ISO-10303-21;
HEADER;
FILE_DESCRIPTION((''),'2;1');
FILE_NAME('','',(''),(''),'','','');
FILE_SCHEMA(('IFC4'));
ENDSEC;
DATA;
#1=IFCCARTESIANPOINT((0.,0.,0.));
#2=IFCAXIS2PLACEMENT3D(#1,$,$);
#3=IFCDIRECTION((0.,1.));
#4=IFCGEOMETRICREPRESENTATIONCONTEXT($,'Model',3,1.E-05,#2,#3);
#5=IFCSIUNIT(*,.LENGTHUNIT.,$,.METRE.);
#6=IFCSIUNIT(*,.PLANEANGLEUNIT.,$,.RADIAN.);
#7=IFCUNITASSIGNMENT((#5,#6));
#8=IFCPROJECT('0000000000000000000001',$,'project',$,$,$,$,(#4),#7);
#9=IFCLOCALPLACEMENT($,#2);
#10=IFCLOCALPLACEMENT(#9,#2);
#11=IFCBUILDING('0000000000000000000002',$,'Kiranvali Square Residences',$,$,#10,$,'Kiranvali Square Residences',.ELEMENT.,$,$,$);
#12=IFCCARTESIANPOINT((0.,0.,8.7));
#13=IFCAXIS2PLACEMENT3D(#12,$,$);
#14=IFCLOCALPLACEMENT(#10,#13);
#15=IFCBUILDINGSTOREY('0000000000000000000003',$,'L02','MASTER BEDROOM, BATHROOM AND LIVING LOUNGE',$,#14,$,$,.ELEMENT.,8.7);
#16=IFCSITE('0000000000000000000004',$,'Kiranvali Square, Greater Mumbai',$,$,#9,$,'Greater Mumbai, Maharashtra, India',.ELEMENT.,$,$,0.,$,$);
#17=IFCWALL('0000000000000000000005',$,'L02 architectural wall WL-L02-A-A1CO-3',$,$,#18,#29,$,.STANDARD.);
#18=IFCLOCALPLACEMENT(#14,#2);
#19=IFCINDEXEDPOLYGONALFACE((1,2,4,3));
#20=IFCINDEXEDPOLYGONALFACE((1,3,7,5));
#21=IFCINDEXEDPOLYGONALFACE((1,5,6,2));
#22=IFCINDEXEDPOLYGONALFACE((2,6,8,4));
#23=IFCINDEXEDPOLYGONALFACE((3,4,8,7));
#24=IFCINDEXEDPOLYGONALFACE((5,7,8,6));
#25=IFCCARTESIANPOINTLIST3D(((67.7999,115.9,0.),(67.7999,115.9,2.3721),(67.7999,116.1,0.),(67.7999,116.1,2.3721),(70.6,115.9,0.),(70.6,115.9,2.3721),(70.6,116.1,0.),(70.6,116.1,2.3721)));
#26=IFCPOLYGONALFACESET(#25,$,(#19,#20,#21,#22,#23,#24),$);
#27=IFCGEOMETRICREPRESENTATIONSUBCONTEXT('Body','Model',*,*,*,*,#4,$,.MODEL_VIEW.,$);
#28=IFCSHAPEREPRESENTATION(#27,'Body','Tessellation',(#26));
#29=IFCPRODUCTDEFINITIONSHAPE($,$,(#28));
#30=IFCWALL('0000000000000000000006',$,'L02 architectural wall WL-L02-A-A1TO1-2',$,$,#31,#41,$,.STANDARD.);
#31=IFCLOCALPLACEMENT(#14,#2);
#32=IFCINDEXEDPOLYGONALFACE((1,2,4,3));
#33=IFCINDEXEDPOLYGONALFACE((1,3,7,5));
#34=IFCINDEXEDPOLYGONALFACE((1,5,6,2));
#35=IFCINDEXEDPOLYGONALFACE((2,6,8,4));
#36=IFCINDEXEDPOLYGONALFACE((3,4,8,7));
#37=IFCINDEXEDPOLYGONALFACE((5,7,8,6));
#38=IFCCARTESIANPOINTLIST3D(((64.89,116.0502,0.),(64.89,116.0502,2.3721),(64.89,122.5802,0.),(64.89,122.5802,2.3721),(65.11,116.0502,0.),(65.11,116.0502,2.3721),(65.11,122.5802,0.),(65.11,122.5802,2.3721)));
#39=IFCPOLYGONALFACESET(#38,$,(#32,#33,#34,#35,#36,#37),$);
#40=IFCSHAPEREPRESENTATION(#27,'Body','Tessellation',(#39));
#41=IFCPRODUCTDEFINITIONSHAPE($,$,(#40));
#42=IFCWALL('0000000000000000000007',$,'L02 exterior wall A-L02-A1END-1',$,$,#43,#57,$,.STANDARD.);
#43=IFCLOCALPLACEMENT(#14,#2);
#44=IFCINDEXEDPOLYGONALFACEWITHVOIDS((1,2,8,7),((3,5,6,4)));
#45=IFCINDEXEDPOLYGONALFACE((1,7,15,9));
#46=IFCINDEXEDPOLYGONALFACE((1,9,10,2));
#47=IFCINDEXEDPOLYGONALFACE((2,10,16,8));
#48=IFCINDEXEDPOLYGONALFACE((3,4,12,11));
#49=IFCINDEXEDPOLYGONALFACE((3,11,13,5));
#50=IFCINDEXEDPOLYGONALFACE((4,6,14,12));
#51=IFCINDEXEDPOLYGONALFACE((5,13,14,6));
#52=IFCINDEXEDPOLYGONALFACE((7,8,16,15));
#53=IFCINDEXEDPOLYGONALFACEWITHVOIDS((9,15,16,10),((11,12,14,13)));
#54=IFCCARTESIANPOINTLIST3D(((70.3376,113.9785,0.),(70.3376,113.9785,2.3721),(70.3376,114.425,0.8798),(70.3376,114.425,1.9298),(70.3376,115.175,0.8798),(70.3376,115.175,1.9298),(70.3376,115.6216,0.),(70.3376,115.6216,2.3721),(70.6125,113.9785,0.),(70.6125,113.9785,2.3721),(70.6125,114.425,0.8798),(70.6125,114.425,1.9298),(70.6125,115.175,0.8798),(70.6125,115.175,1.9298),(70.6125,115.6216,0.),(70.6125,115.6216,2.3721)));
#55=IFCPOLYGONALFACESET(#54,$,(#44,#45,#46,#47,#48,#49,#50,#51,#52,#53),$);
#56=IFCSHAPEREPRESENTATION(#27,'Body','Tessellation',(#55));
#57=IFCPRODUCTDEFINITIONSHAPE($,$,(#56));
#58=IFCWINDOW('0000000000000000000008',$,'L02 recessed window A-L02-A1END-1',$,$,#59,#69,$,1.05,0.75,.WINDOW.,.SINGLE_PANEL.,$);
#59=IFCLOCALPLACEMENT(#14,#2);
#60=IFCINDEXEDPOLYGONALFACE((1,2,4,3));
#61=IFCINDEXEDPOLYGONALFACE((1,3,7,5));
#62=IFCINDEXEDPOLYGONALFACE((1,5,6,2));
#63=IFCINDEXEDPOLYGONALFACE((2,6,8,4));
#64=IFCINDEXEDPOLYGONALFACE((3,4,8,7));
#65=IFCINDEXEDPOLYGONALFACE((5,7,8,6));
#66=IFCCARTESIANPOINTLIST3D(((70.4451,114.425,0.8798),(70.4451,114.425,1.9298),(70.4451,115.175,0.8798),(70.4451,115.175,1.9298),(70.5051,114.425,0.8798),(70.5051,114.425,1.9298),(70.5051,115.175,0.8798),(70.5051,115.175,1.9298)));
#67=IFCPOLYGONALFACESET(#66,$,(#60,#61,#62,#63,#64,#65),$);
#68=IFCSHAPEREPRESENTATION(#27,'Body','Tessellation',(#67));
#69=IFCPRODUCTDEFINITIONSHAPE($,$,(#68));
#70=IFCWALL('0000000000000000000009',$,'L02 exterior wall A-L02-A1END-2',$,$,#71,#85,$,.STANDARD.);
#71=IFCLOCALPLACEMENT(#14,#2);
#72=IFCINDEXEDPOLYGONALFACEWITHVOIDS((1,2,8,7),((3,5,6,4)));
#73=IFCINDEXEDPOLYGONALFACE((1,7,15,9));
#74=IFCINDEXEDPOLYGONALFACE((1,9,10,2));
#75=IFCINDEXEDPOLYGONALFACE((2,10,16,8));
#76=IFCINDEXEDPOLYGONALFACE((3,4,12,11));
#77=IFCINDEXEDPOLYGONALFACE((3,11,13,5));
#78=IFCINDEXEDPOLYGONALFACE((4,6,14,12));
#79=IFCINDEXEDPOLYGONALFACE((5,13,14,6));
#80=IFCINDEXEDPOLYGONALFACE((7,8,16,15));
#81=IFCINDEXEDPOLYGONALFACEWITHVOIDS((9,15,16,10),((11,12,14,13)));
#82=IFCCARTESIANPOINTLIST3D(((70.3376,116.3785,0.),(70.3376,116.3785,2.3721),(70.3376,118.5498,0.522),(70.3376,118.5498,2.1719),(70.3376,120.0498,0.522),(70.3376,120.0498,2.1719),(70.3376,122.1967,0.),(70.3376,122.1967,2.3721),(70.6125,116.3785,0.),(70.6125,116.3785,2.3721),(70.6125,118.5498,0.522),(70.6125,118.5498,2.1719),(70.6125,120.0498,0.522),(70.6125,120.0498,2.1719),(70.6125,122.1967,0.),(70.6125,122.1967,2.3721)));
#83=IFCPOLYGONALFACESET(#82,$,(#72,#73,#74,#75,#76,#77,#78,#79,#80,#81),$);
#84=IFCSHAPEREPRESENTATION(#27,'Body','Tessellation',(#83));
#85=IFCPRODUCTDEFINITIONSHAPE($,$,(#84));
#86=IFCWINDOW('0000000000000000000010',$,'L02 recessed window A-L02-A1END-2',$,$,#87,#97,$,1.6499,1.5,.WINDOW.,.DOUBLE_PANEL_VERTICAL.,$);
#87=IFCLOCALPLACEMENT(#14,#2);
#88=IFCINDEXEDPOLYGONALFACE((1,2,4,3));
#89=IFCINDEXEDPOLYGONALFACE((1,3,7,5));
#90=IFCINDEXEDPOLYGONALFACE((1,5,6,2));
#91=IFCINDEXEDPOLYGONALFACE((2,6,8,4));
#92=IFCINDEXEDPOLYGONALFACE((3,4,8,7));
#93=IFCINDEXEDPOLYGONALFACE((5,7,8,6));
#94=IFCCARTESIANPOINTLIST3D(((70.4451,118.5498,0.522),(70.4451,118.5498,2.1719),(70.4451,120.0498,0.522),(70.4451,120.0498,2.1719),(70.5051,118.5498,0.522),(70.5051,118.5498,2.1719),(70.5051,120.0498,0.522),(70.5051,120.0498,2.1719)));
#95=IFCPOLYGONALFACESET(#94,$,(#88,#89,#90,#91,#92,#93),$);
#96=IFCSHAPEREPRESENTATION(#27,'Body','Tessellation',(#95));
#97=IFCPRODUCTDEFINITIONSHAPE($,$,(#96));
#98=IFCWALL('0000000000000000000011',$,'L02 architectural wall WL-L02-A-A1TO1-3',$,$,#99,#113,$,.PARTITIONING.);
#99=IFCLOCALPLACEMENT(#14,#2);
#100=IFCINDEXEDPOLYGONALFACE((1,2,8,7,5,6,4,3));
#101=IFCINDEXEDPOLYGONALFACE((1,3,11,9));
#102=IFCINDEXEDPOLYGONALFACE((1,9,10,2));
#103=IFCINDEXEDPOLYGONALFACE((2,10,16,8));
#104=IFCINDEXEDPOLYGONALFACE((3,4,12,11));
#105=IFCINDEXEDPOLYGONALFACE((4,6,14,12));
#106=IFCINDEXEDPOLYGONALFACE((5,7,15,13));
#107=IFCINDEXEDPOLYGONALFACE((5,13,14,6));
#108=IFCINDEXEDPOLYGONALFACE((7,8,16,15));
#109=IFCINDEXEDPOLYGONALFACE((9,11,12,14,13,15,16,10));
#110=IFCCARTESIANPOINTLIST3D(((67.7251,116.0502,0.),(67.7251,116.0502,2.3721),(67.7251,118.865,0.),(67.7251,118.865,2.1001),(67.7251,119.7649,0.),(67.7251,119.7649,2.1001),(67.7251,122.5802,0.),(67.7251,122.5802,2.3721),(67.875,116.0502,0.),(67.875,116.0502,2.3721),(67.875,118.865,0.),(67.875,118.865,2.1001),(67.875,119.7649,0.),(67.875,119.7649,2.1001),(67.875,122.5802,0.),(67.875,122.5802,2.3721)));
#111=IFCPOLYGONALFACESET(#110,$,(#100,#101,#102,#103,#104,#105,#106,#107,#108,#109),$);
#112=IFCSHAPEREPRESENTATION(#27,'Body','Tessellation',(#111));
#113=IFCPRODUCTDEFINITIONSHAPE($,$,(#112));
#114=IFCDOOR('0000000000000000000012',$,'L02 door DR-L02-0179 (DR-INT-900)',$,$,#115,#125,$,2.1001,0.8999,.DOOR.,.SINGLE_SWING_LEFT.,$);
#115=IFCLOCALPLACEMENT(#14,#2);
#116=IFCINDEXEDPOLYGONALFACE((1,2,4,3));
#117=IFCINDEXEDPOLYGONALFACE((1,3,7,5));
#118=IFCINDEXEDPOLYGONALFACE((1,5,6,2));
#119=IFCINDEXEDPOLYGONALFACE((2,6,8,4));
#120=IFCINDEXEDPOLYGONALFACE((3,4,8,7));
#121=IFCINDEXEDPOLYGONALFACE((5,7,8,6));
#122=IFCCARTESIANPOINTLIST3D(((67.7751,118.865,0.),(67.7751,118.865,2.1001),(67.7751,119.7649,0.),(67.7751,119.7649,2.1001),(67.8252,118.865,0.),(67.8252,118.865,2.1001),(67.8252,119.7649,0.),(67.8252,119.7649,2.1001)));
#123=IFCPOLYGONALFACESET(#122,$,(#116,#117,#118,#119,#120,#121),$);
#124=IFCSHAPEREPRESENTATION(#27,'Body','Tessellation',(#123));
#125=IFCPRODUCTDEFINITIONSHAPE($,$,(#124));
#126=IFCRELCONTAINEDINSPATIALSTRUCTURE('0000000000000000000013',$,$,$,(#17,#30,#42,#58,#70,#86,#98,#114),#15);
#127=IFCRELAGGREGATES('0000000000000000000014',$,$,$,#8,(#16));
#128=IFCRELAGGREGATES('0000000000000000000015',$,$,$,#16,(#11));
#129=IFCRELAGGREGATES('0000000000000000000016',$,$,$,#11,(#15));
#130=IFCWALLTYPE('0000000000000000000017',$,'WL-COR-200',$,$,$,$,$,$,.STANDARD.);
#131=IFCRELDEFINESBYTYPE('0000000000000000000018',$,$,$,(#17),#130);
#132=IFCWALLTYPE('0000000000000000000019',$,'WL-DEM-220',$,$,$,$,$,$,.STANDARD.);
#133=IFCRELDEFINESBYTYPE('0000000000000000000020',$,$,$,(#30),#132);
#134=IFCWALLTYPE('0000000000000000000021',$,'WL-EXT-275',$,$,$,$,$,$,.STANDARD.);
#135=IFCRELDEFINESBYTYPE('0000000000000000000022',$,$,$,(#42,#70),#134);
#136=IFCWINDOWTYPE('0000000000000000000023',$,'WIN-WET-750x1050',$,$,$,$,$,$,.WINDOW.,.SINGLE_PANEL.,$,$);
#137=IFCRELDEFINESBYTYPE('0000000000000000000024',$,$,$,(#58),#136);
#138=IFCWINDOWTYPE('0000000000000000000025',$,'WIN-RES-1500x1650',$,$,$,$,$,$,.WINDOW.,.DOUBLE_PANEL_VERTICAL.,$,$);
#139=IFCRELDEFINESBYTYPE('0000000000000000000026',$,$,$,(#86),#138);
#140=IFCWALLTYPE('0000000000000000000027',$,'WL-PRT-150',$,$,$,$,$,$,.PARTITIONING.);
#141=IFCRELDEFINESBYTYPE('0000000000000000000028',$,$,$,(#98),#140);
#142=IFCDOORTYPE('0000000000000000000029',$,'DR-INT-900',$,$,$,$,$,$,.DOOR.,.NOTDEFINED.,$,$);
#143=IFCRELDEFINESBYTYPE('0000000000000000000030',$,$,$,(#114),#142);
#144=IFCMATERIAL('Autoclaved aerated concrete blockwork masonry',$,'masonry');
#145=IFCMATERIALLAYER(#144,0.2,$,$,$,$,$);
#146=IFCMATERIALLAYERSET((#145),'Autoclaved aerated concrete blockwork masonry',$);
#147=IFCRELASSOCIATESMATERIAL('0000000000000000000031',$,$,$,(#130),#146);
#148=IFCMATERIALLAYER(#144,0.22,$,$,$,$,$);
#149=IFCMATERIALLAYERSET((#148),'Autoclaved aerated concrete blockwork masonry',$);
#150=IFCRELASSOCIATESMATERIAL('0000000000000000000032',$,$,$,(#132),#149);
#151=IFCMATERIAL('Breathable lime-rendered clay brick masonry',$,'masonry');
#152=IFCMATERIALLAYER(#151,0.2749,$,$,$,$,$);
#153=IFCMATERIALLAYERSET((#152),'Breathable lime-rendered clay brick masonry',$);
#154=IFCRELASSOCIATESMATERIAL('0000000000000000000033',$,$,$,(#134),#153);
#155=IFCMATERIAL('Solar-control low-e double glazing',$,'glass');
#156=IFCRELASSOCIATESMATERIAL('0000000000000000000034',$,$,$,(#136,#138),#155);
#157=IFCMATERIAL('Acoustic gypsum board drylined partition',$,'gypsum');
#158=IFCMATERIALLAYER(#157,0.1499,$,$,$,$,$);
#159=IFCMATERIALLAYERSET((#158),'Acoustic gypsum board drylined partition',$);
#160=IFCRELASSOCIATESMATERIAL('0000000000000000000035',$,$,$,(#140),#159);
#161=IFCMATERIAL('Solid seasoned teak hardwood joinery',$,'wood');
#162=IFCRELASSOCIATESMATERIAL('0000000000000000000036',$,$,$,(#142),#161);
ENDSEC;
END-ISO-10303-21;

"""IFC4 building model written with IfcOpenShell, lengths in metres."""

from ifc_helpers import new_model, si_unit, direction, frame, frame_2d, origin, place, context, subcontext, project, spatial, rectangle, extrude, material, layer, layer_set, type_object, element, fill, save


model = new_model("IFC4")

# Units and contexts
model_context = context("Model", 3, precision=1e-05, world=origin(), true_north=direction((0.0, 1.0)))
body_context = subcontext(model_context, "Body", "Model", "MODEL_VIEW")
ifc_project = project(units=[si_unit("LENGTHUNIT", "METRE"), si_unit("PLANEANGLEUNIT", "RADIAN")], contexts=[model_context])

# Site, building, storey
site_placement = place(None, origin())
site = spatial("IfcSite", under=ifc_project, at=site_placement, Name="Kiranvali Square, Greater Mumbai", LongName="Greater Mumbai, Maharashtra, India", CompositionType="ELEMENT", RefElevation=0.0)
building_placement = place(site_placement, origin())
building = spatial("IfcBuilding", under=site, at=building_placement, Name="Kiranvali Square Residences", LongName="Kiranvali Square Residences", CompositionType="ELEMENT")
storey_placement = place(building_placement, frame((0.0, 0.0, 8.7)))
storey = spatial("IfcBuildingStorey", under=building, at=storey_placement, Name="L02", Description="MASTER BEDROOM, BATHROOM AND LIVING LOUNGE", CompositionType="ELEMENT", Elevation=8.7)

# Shared definitions
ifc_material_1 = material(Name="Autoclaved aerated concrete blockwork masonry", Category="masonry")
ifc_layer_1 = layer(ifc_material_1, 0.2)
ifc_layer_set_1 = layer_set([ifc_layer_1], Name="Autoclaved aerated concrete blockwork masonry")
wall_type_1 = type_object("IfcWallType", Name="WL-COR-200", PredefinedType="STANDARD", material=ifc_layer_set_1)

# Walls
for number, where, z_axis, x_axis, name in (
    (1, (67.8, 116.0, 0.0), (0.0, 0.0, 1.0), (1.0, 0.0, 0.0), "L02 architectural wall WL-L02-A-A1CO-3"),
):
    element("IfcWall", number, at=place(storey_placement, frame(where, z_axis=z_axis, x_axis=x_axis)), inside=storey, type_object=wall_type_1, Name=name, PredefinedType="STANDARD", context=body_context, shape_type="SweptSolid", body=[
        extrude(rectangle(XDim=2.8, YDim=0.2, at=frame_2d((1.3999, 0.0))), origin(), (0.0, 0.0, 1.0), 2.3721),
    ])
ifc_layer_2 = layer(ifc_material_1, 0.22)
ifc_layer_set_2 = layer_set([ifc_layer_2], Name="Autoclaved aerated concrete blockwork masonry")
wall_type_2 = type_object("IfcWallType", Name="WL-DEM-220", PredefinedType="STANDARD", material=ifc_layer_set_2)
wall_1_placement = place(storey_placement, frame((65.0, 116.05, 0.0), z_axis=(0.0, 0.0, 1.0), x_axis=(0.0, 1.0, 0.0)))
element("IfcWall", 2, at=wall_1_placement, inside=storey, type_object=wall_type_2, Name="L02 architectural wall WL-L02-A-A1TO1-2", PredefinedType="STANDARD", context=body_context, shape_type="SweptSolid", body=[
    extrude(rectangle(XDim=6.53, YDim=0.22, at=frame_2d((3.2651, 0.0))), origin(), (0.0, 0.0, 1.0), 2.3721),
])

# Walls, openings, windows
ifc_material_2 = material(Name="Breathable lime-rendered clay brick masonry", Category="masonry")
ifc_layer_3 = layer(ifc_material_2, 0.2749)
ifc_layer_set_3 = layer_set([ifc_layer_3], Name="Breathable lime-rendered clay brick masonry")
wall_type_3 = type_object("IfcWallType", Name="WL-EXT-275", PredefinedType="STANDARD", material=ifc_layer_set_3)
wall_2_placement = place(storey_placement, frame((70.4751, 113.9785, 0.0), z_axis=(0.0, 0.0, 1.0), x_axis=(0.0, 1.0, 0.0)))
wall_2 = element("IfcWall", 3, at=wall_2_placement, inside=storey, type_object=wall_type_3, Name="L02 exterior wall A-L02-A1END-1", PredefinedType="STANDARD", context=body_context, shape_type="SweptSolid", body=[
    extrude(rectangle(XDim=1.6431, YDim=0.2749, at=frame_2d((0.8215, 0.0))), origin(), (0.0, 0.0, 1.0), 2.3721),
])
opening_1_placement = place(wall_2_placement, frame((0.4465, 0.0, 0.8799)))
opening_1 = element("IfcOpeningElement", 4, at=opening_1_placement, cuts=wall_2, PredefinedType="OPENING", context=body_context, shape_type="SweptSolid", body=[
    extrude(rectangle(XDim=0.75, YDim=1.05, at=frame_2d((0.375, 0.5249))), frame((0.0, 0.1475, 0.0), z_axis=(0.0, -1.0, 0.0), x_axis=(1.0, 0.0, 0.0)), (0.0, 0.0, 1.0), 0.2949),
])
ifc_material_3 = material(Name="Solar-control low-e double glazing", Category="glass")
window_type_1 = type_object("IfcWindowType", Name="WIN-WET-750x1050", PartitioningType="SINGLE_PANEL", PredefinedType="WINDOW", material=ifc_material_3)
window_1_placement = place(opening_1_placement, origin())
window_1 = element("IfcWindow", 5, at=window_1_placement, inside=storey, type_object=window_type_1, Name="L02 recessed window A-L02-A1END-1", OverallHeight=1.05, OverallWidth=0.75, PartitioningType="SINGLE_PANEL", PredefinedType="WINDOW", context=body_context, shape_type="SweptSolid", body=[
    extrude(rectangle(XDim=0.75, YDim=1.05, at=frame_2d((0.375, 0.5249))), frame((0.0, 0.03, 0.0), z_axis=(0.0, -1.0, 0.0), x_axis=(1.0, 0.0, 0.0)), (0.0, 0.0, 1.0), 0.0601),
])
fill(opening_1, window_1)
wall_3_placement = place(storey_placement, frame((70.4751, 116.3784, 0.0), z_axis=(0.0, 0.0, 1.0), x_axis=(0.0, 1.0, 0.0)))
wall_3 = element("IfcWall", 6, at=wall_3_placement, inside=storey, type_object=wall_type_3, Name="L02 exterior wall A-L02-A1END-2", PredefinedType="STANDARD", context=body_context, shape_type="SweptSolid", body=[
    extrude(rectangle(XDim=5.8181, YDim=0.2749, at=frame_2d((2.9092, 0.0))), origin(), (0.0, 0.0, 1.0), 2.3721),
])
opening_2_placement = place(wall_3_placement, frame((2.1714, 0.0, 0.522)))
opening_2 = element("IfcOpeningElement", 7, at=opening_2_placement, cuts=wall_3, PredefinedType="OPENING", context=body_context, shape_type="SweptSolid", body=[
    extrude(rectangle(XDim=1.5, YDim=1.6499, at=frame_2d((0.75, 0.825))), frame((0.0, 0.1475, 0.0), z_axis=(0.0, -1.0, 0.0), x_axis=(1.0, 0.0, 0.0)), (0.0, 0.0, 1.0), 0.2949),
])
window_type_2 = type_object("IfcWindowType", Name="WIN-RES-1500x1650", PartitioningType="DOUBLE_PANEL_VERTICAL", PredefinedType="WINDOW", material=ifc_material_3)
window_2_placement = place(opening_2_placement, origin())
window_2 = element("IfcWindow", 8, at=window_2_placement, inside=storey, type_object=window_type_2, Name="L02 recessed window A-L02-A1END-2", OverallHeight=1.6499, OverallWidth=1.5, PartitioningType="DOUBLE_PANEL_VERTICAL", PredefinedType="WINDOW", context=body_context, shape_type="SweptSolid", body=[
    extrude(rectangle(XDim=1.5, YDim=1.6499, at=frame_2d((0.75, 0.825))), frame((0.0, 0.03, 0.0), z_axis=(0.0, -1.0, 0.0), x_axis=(1.0, 0.0, 0.0)), (0.0, 0.0, 1.0), 0.0601),
])
fill(opening_2, window_2)

# Wall, opening, door
ifc_material_4 = material(Name="Acoustic gypsum board drylined partition", Category="gypsum")
ifc_layer_4 = layer(ifc_material_4, 0.1499)
ifc_layer_set_4 = layer_set([ifc_layer_4], Name="Acoustic gypsum board drylined partition")
wall_type_4 = type_object("IfcWallType", Name="WL-PRT-150", PredefinedType="PARTITIONING", material=ifc_layer_set_4)
wall_4_placement = place(storey_placement, frame((67.8, 116.05, 0.0), z_axis=(0.0, 0.0, 1.0), x_axis=(0.0, 1.0, 0.0)))
wall_4 = element("IfcWall", 9, at=wall_4_placement, inside=storey, type_object=wall_type_4, Name="L02 architectural wall WL-L02-A-A1TO1-3", PredefinedType="PARTITIONING", context=body_context, shape_type="SweptSolid", body=[
    extrude(rectangle(XDim=6.53, YDim=0.1499, at=frame_2d((3.2651, 0.0))), origin(), (0.0, 0.0, 1.0), 2.3721),
])
opening_3_placement = place(wall_4_placement, frame((2.8149, 0.0, 0.0)))
opening_3 = element("IfcOpeningElement", 10, at=opening_3_placement, cuts=wall_4, PredefinedType="OPENING", context=body_context, shape_type="SweptSolid", body=[
    extrude(rectangle(XDim=0.8999, YDim=2.1001, at=frame_2d((0.45, 1.05))), frame((0.0, 0.085, 0.0), z_axis=(0.0, -1.0, 0.0), x_axis=(1.0, 0.0, 0.0)), (0.0, 0.0, 1.0), 0.1699),
])
ifc_material_5 = material(Name="Solid seasoned teak hardwood joinery", Category="wood")
door_type_1 = type_object("IfcDoorType", Name="DR-INT-900", OperationType="NOTDEFINED", PredefinedType="DOOR", material=ifc_material_5)
door_1_placement = place(opening_3_placement, origin())
door_1 = element("IfcDoor", 11, at=door_1_placement, inside=storey, type_object=door_type_1, Name="L02 door DR-L02-0179 (DR-INT-900)", OperationType="SINGLE_SWING_LEFT", OverallHeight=2.1001, OverallWidth=0.8999, PredefinedType="DOOR", context=body_context, shape_type="SweptSolid", body=[
    extrude(rectangle(XDim=0.8999, YDim=2.1001, at=frame_2d((0.45, 1.05))), frame((0.0, 0.0249, 0.0), z_axis=(0.0, -1.0, 0.0), x_axis=(1.0, 0.0, 0.0)), (0.0, 0.0, 1.0), 0.05),
])
fill(opening_3, door_1)

save(model, "model.ifc")
